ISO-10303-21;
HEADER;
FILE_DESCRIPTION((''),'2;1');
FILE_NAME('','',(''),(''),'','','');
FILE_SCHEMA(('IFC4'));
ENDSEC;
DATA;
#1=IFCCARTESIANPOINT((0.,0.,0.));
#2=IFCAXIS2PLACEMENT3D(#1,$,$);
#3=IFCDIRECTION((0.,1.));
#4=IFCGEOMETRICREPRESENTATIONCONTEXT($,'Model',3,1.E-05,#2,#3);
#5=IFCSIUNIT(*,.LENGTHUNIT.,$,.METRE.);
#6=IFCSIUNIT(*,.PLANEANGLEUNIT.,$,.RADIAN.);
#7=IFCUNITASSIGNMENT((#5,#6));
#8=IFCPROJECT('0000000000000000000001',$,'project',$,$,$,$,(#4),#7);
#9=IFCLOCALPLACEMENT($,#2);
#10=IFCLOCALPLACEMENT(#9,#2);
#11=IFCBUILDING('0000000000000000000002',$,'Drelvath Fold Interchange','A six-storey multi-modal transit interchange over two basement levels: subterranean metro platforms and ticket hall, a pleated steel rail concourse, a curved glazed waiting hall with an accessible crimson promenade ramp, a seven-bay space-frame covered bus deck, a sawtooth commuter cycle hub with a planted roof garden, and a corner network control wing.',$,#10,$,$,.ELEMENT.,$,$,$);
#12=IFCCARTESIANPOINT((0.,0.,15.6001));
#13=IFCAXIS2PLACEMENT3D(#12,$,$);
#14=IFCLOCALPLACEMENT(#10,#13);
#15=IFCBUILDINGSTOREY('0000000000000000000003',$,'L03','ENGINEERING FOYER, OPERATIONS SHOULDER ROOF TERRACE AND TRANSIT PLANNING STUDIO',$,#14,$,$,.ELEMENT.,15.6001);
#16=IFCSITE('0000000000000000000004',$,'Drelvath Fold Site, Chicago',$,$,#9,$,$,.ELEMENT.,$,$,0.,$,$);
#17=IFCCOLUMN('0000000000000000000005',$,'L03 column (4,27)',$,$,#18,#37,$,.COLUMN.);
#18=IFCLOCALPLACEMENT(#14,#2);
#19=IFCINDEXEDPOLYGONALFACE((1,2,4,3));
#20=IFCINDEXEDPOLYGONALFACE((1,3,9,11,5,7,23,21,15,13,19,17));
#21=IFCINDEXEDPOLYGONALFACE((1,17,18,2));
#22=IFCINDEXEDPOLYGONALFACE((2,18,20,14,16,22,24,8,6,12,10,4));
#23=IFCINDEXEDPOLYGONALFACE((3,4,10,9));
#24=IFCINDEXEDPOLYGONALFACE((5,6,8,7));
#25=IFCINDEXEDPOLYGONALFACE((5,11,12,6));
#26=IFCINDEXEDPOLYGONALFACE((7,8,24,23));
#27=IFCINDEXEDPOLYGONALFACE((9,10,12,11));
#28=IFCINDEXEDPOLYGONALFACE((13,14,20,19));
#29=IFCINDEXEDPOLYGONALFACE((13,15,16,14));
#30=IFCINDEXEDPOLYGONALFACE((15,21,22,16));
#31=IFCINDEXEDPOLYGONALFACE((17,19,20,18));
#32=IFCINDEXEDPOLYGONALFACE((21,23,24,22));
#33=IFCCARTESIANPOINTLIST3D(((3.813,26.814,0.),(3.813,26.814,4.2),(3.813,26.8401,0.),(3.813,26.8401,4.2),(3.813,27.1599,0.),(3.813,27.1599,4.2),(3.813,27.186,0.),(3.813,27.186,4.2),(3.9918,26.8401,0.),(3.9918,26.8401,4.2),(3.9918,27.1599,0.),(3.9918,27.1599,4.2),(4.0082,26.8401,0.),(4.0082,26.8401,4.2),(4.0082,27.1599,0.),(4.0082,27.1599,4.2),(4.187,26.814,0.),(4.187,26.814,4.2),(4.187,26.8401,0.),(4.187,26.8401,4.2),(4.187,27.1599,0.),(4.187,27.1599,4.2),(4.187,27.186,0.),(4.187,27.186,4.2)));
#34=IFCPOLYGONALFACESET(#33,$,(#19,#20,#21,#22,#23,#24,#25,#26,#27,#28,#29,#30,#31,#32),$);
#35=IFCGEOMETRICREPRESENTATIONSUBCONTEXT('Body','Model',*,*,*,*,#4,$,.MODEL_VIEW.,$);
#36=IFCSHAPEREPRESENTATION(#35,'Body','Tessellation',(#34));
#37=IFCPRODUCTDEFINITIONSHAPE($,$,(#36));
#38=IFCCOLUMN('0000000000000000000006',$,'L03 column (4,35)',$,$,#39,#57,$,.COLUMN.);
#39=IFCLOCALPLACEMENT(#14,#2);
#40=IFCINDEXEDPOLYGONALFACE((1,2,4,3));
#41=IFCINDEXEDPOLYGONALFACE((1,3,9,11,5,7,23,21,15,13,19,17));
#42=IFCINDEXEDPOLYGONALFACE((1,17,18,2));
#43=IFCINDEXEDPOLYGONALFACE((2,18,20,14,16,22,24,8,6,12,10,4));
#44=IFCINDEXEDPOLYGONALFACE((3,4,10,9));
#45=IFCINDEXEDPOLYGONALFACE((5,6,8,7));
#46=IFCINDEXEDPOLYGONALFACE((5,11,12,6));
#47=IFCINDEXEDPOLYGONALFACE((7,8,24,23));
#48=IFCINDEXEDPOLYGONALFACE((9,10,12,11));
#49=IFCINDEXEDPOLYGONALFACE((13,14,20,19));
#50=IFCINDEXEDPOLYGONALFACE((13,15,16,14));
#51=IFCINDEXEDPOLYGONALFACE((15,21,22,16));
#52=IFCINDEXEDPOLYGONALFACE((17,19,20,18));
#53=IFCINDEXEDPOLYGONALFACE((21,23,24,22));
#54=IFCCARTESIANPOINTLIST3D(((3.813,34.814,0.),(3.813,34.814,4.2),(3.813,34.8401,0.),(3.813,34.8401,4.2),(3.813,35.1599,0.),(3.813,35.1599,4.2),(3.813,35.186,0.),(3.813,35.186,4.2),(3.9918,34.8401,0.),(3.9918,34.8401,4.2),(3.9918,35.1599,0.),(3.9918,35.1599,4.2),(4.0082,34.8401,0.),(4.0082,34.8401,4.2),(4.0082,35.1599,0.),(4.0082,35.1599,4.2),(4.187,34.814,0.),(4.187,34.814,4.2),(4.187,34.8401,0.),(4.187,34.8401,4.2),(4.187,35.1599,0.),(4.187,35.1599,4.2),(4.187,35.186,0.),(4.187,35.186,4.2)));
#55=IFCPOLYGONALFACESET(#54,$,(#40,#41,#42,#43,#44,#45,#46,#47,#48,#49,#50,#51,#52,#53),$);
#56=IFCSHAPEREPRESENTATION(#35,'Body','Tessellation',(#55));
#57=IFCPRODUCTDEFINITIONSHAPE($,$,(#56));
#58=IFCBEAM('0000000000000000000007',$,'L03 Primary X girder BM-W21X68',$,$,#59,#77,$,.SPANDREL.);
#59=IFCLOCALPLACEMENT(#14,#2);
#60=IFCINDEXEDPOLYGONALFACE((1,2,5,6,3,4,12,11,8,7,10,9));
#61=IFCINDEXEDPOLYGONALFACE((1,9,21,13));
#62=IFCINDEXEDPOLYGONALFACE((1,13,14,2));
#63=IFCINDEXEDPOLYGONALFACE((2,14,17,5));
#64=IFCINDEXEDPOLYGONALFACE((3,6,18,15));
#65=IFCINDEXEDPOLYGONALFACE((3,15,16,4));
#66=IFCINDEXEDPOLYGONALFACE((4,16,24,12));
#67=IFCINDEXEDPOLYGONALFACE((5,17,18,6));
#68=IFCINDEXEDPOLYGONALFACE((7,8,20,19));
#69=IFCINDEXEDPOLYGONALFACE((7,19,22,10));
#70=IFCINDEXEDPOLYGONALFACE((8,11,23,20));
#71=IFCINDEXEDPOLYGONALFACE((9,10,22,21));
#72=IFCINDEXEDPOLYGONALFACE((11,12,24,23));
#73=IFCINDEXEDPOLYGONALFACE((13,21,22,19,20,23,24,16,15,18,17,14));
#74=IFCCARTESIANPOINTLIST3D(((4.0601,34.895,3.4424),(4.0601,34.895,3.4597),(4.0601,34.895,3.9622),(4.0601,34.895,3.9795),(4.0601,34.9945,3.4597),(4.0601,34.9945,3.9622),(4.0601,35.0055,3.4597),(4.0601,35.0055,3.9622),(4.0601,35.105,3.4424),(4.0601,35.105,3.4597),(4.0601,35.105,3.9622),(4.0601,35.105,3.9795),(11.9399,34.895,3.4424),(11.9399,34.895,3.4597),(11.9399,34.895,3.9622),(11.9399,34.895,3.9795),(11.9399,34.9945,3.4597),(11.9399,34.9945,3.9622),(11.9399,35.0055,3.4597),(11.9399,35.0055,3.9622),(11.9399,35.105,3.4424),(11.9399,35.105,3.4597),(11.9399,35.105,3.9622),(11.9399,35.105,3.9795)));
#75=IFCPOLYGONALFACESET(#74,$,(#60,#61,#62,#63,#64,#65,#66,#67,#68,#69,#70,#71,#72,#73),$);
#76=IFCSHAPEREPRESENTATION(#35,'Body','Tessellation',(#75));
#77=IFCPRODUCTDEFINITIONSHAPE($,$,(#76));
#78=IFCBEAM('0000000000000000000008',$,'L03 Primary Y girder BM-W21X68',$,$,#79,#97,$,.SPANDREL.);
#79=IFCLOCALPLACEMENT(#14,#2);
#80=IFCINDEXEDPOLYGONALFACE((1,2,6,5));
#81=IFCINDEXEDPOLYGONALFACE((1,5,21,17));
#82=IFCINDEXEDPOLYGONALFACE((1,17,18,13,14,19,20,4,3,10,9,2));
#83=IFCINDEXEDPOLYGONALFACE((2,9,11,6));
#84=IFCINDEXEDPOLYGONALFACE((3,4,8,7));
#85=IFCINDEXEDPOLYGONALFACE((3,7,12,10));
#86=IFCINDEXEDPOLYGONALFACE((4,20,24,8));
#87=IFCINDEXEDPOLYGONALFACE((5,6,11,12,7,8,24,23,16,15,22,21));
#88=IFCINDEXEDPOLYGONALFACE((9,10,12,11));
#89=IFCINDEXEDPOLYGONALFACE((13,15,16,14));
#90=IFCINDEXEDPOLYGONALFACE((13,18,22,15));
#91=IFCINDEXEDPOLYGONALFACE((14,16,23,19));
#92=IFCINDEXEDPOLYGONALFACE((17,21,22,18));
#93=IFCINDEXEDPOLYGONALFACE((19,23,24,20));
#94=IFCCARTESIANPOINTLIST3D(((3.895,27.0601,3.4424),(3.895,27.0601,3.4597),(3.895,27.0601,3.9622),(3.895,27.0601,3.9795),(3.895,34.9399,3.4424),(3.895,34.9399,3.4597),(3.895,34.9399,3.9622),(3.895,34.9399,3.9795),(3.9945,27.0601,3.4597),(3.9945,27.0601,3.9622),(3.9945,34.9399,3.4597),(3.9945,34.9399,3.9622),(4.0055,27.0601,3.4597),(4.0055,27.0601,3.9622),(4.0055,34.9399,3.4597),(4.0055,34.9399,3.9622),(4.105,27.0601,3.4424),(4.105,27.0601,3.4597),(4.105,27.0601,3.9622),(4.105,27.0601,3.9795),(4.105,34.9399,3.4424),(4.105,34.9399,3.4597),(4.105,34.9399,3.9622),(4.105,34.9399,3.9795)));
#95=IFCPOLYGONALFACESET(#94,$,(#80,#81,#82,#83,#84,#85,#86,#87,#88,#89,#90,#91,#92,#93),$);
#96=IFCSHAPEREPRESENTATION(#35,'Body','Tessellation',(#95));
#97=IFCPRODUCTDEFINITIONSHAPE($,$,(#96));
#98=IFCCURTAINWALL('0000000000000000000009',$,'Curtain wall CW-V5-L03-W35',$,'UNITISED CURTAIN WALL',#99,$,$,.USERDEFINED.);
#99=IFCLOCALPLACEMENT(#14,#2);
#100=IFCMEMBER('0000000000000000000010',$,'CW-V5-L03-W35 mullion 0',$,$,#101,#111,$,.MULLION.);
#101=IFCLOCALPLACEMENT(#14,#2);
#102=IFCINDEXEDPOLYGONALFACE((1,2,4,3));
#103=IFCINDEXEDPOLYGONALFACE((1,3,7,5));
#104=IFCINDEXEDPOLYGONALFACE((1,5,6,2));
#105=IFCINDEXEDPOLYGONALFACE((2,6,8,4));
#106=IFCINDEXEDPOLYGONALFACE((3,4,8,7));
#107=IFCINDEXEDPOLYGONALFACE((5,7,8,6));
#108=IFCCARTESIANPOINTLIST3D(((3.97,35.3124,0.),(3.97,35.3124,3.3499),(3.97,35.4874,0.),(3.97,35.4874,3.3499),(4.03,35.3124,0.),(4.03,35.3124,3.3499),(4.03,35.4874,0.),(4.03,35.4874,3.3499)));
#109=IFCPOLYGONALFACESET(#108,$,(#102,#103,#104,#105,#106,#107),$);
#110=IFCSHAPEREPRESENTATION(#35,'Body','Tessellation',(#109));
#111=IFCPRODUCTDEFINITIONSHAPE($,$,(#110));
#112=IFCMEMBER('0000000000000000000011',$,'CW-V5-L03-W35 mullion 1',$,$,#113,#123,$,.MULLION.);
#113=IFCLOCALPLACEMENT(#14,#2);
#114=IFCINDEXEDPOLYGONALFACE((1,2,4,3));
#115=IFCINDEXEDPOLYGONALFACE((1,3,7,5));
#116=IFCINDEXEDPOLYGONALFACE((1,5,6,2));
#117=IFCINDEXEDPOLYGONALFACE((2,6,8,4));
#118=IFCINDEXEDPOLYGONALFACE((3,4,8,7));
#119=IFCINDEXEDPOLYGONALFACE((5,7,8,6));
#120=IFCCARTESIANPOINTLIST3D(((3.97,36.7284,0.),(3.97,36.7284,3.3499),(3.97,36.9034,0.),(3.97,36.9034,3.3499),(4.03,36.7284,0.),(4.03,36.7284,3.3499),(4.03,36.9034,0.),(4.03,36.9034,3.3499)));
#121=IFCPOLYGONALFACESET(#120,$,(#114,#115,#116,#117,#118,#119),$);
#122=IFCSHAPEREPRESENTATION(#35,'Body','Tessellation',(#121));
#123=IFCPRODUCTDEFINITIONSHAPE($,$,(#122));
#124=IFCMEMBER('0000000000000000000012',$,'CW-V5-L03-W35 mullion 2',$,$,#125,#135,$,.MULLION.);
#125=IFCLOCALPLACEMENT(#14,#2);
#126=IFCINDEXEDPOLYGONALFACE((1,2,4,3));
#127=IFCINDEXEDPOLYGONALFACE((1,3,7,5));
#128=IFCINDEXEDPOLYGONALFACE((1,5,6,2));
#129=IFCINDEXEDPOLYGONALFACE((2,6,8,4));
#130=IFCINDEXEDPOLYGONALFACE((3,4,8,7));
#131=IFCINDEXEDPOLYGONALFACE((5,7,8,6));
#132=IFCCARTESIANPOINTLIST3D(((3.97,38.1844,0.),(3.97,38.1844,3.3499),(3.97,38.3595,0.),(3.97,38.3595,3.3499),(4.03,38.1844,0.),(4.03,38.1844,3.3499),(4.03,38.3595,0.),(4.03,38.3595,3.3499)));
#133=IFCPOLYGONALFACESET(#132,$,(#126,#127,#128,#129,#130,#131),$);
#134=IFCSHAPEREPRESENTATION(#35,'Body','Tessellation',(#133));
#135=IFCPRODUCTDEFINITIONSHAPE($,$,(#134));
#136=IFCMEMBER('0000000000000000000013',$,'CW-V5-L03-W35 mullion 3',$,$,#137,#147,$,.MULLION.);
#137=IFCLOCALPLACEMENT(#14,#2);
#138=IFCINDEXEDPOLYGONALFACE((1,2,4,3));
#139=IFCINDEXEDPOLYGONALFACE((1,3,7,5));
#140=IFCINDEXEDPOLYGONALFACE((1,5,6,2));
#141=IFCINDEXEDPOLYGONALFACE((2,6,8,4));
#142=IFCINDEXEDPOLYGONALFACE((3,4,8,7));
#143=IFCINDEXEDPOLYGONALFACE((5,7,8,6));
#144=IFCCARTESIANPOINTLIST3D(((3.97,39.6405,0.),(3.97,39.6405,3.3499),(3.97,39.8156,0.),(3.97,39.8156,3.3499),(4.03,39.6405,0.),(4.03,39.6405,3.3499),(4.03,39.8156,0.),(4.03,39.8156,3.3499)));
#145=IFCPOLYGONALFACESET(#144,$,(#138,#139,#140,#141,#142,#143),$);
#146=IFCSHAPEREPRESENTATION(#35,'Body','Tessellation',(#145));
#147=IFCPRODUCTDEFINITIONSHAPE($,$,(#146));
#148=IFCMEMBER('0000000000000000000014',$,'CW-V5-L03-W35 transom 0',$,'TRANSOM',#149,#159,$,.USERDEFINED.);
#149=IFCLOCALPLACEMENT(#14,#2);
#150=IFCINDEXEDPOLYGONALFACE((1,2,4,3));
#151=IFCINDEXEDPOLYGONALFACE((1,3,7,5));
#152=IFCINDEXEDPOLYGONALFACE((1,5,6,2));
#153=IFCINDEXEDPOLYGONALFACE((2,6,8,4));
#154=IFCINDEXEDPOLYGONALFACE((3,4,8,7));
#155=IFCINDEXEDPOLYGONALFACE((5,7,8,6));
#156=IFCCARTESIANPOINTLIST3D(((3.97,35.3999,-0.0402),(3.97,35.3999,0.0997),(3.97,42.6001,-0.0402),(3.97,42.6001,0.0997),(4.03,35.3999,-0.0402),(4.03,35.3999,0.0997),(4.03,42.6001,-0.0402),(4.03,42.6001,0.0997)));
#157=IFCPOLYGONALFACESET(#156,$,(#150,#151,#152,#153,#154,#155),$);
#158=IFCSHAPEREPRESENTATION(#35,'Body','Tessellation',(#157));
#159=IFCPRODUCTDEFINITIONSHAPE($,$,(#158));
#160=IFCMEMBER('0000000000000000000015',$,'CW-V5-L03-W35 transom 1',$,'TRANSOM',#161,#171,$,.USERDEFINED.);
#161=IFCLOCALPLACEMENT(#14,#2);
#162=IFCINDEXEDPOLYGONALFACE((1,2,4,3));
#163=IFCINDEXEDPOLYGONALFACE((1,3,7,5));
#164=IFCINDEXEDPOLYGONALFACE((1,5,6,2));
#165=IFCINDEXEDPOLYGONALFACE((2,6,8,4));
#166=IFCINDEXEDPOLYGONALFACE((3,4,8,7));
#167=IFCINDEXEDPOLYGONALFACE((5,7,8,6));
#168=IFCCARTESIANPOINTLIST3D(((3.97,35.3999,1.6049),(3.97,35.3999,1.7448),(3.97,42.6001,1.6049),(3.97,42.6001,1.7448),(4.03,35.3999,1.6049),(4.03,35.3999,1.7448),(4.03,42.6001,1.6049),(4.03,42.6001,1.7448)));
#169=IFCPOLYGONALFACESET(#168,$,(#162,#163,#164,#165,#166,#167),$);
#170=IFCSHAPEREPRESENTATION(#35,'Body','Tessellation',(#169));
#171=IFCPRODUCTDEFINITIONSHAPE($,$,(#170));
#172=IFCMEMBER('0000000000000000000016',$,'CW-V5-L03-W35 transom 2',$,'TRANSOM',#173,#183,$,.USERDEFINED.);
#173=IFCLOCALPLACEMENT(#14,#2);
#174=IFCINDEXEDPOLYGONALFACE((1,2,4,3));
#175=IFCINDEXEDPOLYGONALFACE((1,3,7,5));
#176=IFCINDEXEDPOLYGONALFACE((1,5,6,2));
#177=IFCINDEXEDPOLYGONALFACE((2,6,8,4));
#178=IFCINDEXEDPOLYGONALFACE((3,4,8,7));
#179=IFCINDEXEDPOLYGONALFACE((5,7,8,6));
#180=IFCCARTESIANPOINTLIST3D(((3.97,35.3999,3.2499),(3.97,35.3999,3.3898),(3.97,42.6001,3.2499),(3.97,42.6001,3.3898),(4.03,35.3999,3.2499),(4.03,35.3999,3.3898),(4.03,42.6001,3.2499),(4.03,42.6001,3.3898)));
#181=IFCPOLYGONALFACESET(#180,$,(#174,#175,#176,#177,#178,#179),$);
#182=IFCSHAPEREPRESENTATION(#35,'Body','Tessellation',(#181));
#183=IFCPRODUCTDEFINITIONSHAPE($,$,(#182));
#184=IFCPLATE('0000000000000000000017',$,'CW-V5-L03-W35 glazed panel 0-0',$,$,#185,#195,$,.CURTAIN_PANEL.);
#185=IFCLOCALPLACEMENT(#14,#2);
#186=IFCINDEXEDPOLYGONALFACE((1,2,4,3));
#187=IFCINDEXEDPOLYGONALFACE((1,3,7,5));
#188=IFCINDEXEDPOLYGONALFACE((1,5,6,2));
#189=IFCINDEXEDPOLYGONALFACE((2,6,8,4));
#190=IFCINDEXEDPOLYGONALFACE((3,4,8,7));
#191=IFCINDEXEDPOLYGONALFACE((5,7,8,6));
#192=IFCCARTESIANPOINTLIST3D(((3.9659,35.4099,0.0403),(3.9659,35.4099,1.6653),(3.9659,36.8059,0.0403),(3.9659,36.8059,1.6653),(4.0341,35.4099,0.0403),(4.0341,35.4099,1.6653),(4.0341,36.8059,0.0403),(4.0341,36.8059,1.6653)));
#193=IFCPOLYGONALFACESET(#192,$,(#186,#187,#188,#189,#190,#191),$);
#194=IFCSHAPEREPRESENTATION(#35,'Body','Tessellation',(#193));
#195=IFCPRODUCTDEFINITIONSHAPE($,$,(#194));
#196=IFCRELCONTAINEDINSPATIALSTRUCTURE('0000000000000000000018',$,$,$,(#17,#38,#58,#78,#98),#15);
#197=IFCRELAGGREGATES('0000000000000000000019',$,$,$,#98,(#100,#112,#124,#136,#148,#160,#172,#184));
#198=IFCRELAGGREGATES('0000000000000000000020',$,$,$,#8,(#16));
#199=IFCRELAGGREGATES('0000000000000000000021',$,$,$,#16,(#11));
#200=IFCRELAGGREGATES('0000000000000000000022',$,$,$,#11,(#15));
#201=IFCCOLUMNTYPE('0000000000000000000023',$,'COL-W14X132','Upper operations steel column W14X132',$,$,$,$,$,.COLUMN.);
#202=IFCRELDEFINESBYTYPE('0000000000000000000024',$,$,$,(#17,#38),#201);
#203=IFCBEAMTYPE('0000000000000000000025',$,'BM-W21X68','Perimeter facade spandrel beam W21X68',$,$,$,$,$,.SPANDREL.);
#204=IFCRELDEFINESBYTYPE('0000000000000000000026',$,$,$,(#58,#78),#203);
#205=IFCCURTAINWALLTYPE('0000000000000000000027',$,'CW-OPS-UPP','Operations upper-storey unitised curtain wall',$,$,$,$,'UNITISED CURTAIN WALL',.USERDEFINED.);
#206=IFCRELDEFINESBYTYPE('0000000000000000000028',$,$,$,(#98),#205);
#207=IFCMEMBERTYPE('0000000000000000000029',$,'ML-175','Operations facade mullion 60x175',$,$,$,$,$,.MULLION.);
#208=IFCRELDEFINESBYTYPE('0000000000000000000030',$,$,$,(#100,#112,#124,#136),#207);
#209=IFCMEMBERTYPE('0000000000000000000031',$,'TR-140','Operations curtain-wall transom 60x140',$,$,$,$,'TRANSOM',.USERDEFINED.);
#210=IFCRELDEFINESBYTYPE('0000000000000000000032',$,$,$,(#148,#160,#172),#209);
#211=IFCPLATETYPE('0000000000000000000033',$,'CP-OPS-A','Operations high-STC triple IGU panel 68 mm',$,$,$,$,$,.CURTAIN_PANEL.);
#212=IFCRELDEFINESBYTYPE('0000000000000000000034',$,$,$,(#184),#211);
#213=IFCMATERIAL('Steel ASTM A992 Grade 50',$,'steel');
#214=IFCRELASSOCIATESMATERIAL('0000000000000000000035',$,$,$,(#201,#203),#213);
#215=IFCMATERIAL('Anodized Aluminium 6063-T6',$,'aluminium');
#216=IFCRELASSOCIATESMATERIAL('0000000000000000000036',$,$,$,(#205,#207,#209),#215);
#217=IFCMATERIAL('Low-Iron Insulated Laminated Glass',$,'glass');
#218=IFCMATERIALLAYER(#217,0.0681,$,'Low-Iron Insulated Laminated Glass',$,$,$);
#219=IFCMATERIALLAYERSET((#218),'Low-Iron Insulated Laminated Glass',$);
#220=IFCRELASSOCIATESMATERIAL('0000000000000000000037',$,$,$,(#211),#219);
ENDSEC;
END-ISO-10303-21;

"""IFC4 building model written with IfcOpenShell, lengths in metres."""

from ifc_helpers import new_model, si_unit, direction, frame, origin, origin_2d, place, context, subcontext, project, spatial, rectangle, i_section, extrude, material, layer, layer_set, material_profile, profile_set, type_object, element, aggregate, save


model = new_model("IFC4")

# Units and contexts
model_context = context("Model", 3, precision=1e-05, world=origin(), true_north=direction((0.0, 1.0)))
body_context = subcontext(model_context, "Body", "Model", "MODEL_VIEW")
ifc_project = project(units=[si_unit("LENGTHUNIT", "METRE"), si_unit("PLANEANGLEUNIT", "RADIAN")], contexts=[model_context])

# Site, building, storey
site_placement = place(None, origin())
site = spatial("IfcSite", under=ifc_project, at=site_placement, Name="Drelvath Fold Site, Chicago", CompositionType="ELEMENT", RefElevation=0.0)
building_placement = place(site_placement, origin())
building = spatial("IfcBuilding", under=site, at=building_placement, Name="Drelvath Fold Interchange", Description="A six-storey multi-modal transit interchange over two basement levels: subterranean metro platforms and ticket hall, a pleated steel rail concourse, a curved glazed waiting hall with an accessible crimson promenade ramp, a seven-bay space-frame covered bus deck, a sawtooth commuter cycle hub with a planted roof garden, and a corner network control wing.", CompositionType="ELEMENT")
storey_placement = place(building_placement, frame((0.0, 0.0, 15.6001)))
storey = spatial("IfcBuildingStorey", under=building, at=storey_placement, Name="L03", Description="ENGINEERING FOYER, OPERATIONS SHOULDER ROOF TERRACE AND TRANSIT PLANNING STUDIO", CompositionType="ELEMENT", Elevation=15.6001)

# Columns
ifc_material_1 = material(Name="Steel ASTM A992 Grade 50", Category="steel")
ifc_material_profile_1 = material_profile(ifc_material_1, i_section(OverallWidth=0.374, OverallDepth=0.3721, WebThickness=0.0164, FlangeThickness=0.0261, at=origin_2d()), Name="W14X132")
ifc_profile_set_1 = profile_set([ifc_material_profile_1], Name="Steel ASTM A992 Grade 50")
column_type = type_object("IfcColumnType", Name="COL-W14X132", Description="Upper operations steel column W14X132", PredefinedType="COLUMN", material=ifc_profile_set_1)
for number, where, z_axis, x_axis, name in (
    (1, (4.0, 27.0, 0.0), (0.0, 0.0, 1.0), (1.0, 0.0, 0.0), "L03 column (4,27)"),
    (2, (4.0, 35.0, 0.0), (0.0, 0.0, 1.0), (1.0, 0.0, 0.0), "L03 column (4,35)"),
):
    element("IfcColumn", number, at=place(storey_placement, frame(where, z_axis=z_axis, x_axis=x_axis)), inside=storey, type_object=column_type, Name=name, PredefinedType="COLUMN", context=body_context, shape_type="SweptSolid", body=[
        extrude(i_section(OverallWidth=0.374, OverallDepth=0.3721, WebThickness=0.0164, FlangeThickness=0.0261, at=origin_2d()), origin(), (0.0, 0.0, 1.0), 4.2),
    ])

# Beams
ifc_material_profile_2 = material_profile(ifc_material_1, i_section(OverallWidth=0.21, OverallDepth=0.5371, WebThickness=0.011, FlangeThickness=0.0173, at=origin_2d()), Name="W21X68")
ifc_profile_set_2 = profile_set([ifc_material_profile_2], Name="Steel ASTM A992 Grade 50")
beam_type = type_object("IfcBeamType", Name="BM-W21X68", Description="Perimeter facade spandrel beam W21X68", PredefinedType="SPANDREL", material=ifc_profile_set_2)
for number, where, z_axis, x_axis, name in (
    (3, (4.0601, 35.0, 3.7109), (1.0, 0.0, 0.0), (0.0, 1.0, 0.0), "L03 Primary X girder BM-W21X68"),
    (4, (4.0, 27.0601, 3.7109), (0.0, 1.0, 0.0), (-1.0, 0.0, 0.0), "L03 Primary Y girder BM-W21X68"),
):
    element("IfcBeam", number, at=place(storey_placement, frame(where, z_axis=z_axis, x_axis=x_axis)), inside=storey, type_object=beam_type, Name=name, PredefinedType="SPANDREL", context=body_context, shape_type="SweptSolid", body=[
        extrude(i_section(OverallWidth=0.21, OverallDepth=0.5371, WebThickness=0.011, FlangeThickness=0.0173, at=origin_2d()), origin(), (0.0, 0.0, 1.0), 7.8799),
    ])

# Curtain wall, members, plate
ifc_material_2 = material(Name="Anodized Aluminium 6063-T6", Category="aluminium")
curtain_wall_type = type_object("IfcCurtainWallType", Name="CW-OPS-UPP", Description="Operations upper-storey unitised curtain wall", ElementType="UNITISED CURTAIN WALL", PredefinedType="USERDEFINED", material=ifc_material_2)
curtain_wall_placement = place(storey_placement, origin())
curtain_wall = element("IfcCurtainWall", 5, at=curtain_wall_placement, inside=storey, type_object=curtain_wall_type, Name="Curtain wall CW-V5-L03-W35", ObjectType="UNITISED CURTAIN WALL", PredefinedType="USERDEFINED")
ifc_material_profile_3 = material_profile(ifc_material_2, rectangle(XDim=0.0601, YDim=0.175, at=origin_2d()), Name="AL-M 60x175")
ifc_profile_set_3 = profile_set([ifc_material_profile_3], Name="Anodized Aluminium 6063-T6")
member_type_1 = type_object("IfcMemberType", Name="ML-175", Description="Operations facade mullion 60x175", PredefinedType="MULLION", material=ifc_profile_set_3)
member_1_placement = place(storey_placement, frame((4.0, 35.3999, 0.0), z_axis=(0.0, 0.0, 1.0), x_axis=(1.0, 0.0, 0.0)))
member_1 = element("IfcMember", 6, at=member_1_placement, type_object=member_type_1, Name="CW-V5-L03-W35 mullion 0", PredefinedType="MULLION", context=body_context, shape_type="SweptSolid", body=[
    extrude(rectangle(XDim=0.0601, YDim=0.175, at=origin_2d()), origin(), (0.0, 0.0, 1.0), 3.3499),
])
member_2_placement = place(storey_placement, frame((4.0, 36.8159, 0.0), z_axis=(0.0, 0.0, 1.0), x_axis=(1.0, 0.0, 0.0)))
member_2 = element("IfcMember", 7, at=member_2_placement, type_object=member_type_1, Name="CW-V5-L03-W35 mullion 1", PredefinedType="MULLION", context=body_context, shape_type="SweptSolid", body=[
    extrude(rectangle(XDim=0.0601, YDim=0.175, at=origin_2d()), origin(), (0.0, 0.0, 1.0), 3.3499),
])
member_3_placement = place(storey_placement, frame((4.0, 38.272, 0.0), z_axis=(0.0, 0.0, 1.0), x_axis=(1.0, 0.0, 0.0)))
member_3 = element("IfcMember", 8, at=member_3_placement, type_object=member_type_1, Name="CW-V5-L03-W35 mullion 2", PredefinedType="MULLION", context=body_context, shape_type="SweptSolid", body=[
    extrude(rectangle(XDim=0.0601, YDim=0.175, at=origin_2d()), origin(), (0.0, 0.0, 1.0), 3.3499),
])
member_4_placement = place(storey_placement, frame((4.0, 39.728, 0.0), z_axis=(0.0, 0.0, 1.0), x_axis=(1.0, 0.0, 0.0)))
member_4 = element("IfcMember", 9, at=member_4_placement, type_object=member_type_1, Name="CW-V5-L03-W35 mullion 3", PredefinedType="MULLION", context=body_context, shape_type="SweptSolid", body=[
    extrude(rectangle(XDim=0.0601, YDim=0.175, at=origin_2d()), origin(), (0.0, 0.0, 1.0), 3.3499),
])
ifc_material_profile_4 = material_profile(ifc_material_2, rectangle(XDim=0.0601, YDim=0.1399, at=origin_2d()), Name="AL-T 60x140")
ifc_profile_set_4 = profile_set([ifc_material_profile_4], Name="Anodized Aluminium 6063-T6")
member_type_2 = type_object("IfcMemberType", Name="TR-140", Description="Operations curtain-wall transom 60x140", ElementType="TRANSOM", PredefinedType="USERDEFINED", material=ifc_profile_set_4)
member_5_placement = place(storey_placement, frame((4.0, 35.3999, 0.0298), z_axis=(0.0, 1.0, 0.0), x_axis=(-1.0, 0.0, 0.0)))
member_5 = element("IfcMember", 10, at=member_5_placement, type_object=member_type_2, Name="CW-V5-L03-W35 transom 0", ObjectType="TRANSOM", PredefinedType="USERDEFINED", context=body_context, shape_type="SweptSolid", body=[
    extrude(rectangle(XDim=0.0601, YDim=0.1399, at=origin_2d()), origin(), (0.0, 0.0, 1.0), 7.2002),
])
member_6_placement = place(storey_placement, frame((4.0, 35.3999, 1.6748), z_axis=(0.0, 1.0, 0.0), x_axis=(-1.0, 0.0, 0.0)))
member_6 = element("IfcMember", 11, at=member_6_placement, type_object=member_type_2, Name="CW-V5-L03-W35 transom 1", ObjectType="TRANSOM", PredefinedType="USERDEFINED", context=body_context, shape_type="SweptSolid", body=[
    extrude(rectangle(XDim=0.0601, YDim=0.1399, at=origin_2d()), origin(), (0.0, 0.0, 1.0), 7.2002),
])
member_7_placement = place(storey_placement, frame((4.0, 35.3999, 3.3198), z_axis=(0.0, 1.0, 0.0), x_axis=(-1.0, 0.0, 0.0)))
member_7 = element("IfcMember", 12, at=member_7_placement, type_object=member_type_2, Name="CW-V5-L03-W35 transom 2", ObjectType="TRANSOM", PredefinedType="USERDEFINED", context=body_context, shape_type="SweptSolid", body=[
    extrude(rectangle(XDim=0.0601, YDim=0.1399, at=origin_2d()), origin(), (0.0, 0.0, 1.0), 7.2002),
])
ifc_material_3 = material(Name="Low-Iron Insulated Laminated Glass", Category="glass")
ifc_layer_1 = layer(ifc_material_3, 0.0681, Name="Low-Iron Insulated Laminated Glass")
ifc_layer_set_1 = layer_set([ifc_layer_1], Name="Low-Iron Insulated Laminated Glass")
plate_type = type_object("IfcPlateType", Name="CP-OPS-A", Description="Operations high-STC triple IGU panel 68 mm", PredefinedType="CURTAIN_PANEL", material=ifc_layer_set_1)
plate_1_placement = place(storey_placement, frame((4.0, 36.1079, 0.0403), z_axis=(0.0, 0.0, 1.0), x_axis=(0.0, 1.0, 0.0)))
plate_1 = element("IfcPlate", 13, at=plate_1_placement, type_object=plate_type, Name="CW-V5-L03-W35 glazed panel 0-0", PredefinedType="CURTAIN_PANEL", context=body_context, shape_type="SweptSolid", body=[
    extrude(rectangle(XDim=1.396, YDim=0.0681, at=origin_2d()), origin(), (0.0, 0.0, 1.0), 1.625),
])
aggregate(curtain_wall, [member_1, member_2, member_3, member_4, member_5, member_6, member_7, plate_1])

save(model, "model.ifc")
